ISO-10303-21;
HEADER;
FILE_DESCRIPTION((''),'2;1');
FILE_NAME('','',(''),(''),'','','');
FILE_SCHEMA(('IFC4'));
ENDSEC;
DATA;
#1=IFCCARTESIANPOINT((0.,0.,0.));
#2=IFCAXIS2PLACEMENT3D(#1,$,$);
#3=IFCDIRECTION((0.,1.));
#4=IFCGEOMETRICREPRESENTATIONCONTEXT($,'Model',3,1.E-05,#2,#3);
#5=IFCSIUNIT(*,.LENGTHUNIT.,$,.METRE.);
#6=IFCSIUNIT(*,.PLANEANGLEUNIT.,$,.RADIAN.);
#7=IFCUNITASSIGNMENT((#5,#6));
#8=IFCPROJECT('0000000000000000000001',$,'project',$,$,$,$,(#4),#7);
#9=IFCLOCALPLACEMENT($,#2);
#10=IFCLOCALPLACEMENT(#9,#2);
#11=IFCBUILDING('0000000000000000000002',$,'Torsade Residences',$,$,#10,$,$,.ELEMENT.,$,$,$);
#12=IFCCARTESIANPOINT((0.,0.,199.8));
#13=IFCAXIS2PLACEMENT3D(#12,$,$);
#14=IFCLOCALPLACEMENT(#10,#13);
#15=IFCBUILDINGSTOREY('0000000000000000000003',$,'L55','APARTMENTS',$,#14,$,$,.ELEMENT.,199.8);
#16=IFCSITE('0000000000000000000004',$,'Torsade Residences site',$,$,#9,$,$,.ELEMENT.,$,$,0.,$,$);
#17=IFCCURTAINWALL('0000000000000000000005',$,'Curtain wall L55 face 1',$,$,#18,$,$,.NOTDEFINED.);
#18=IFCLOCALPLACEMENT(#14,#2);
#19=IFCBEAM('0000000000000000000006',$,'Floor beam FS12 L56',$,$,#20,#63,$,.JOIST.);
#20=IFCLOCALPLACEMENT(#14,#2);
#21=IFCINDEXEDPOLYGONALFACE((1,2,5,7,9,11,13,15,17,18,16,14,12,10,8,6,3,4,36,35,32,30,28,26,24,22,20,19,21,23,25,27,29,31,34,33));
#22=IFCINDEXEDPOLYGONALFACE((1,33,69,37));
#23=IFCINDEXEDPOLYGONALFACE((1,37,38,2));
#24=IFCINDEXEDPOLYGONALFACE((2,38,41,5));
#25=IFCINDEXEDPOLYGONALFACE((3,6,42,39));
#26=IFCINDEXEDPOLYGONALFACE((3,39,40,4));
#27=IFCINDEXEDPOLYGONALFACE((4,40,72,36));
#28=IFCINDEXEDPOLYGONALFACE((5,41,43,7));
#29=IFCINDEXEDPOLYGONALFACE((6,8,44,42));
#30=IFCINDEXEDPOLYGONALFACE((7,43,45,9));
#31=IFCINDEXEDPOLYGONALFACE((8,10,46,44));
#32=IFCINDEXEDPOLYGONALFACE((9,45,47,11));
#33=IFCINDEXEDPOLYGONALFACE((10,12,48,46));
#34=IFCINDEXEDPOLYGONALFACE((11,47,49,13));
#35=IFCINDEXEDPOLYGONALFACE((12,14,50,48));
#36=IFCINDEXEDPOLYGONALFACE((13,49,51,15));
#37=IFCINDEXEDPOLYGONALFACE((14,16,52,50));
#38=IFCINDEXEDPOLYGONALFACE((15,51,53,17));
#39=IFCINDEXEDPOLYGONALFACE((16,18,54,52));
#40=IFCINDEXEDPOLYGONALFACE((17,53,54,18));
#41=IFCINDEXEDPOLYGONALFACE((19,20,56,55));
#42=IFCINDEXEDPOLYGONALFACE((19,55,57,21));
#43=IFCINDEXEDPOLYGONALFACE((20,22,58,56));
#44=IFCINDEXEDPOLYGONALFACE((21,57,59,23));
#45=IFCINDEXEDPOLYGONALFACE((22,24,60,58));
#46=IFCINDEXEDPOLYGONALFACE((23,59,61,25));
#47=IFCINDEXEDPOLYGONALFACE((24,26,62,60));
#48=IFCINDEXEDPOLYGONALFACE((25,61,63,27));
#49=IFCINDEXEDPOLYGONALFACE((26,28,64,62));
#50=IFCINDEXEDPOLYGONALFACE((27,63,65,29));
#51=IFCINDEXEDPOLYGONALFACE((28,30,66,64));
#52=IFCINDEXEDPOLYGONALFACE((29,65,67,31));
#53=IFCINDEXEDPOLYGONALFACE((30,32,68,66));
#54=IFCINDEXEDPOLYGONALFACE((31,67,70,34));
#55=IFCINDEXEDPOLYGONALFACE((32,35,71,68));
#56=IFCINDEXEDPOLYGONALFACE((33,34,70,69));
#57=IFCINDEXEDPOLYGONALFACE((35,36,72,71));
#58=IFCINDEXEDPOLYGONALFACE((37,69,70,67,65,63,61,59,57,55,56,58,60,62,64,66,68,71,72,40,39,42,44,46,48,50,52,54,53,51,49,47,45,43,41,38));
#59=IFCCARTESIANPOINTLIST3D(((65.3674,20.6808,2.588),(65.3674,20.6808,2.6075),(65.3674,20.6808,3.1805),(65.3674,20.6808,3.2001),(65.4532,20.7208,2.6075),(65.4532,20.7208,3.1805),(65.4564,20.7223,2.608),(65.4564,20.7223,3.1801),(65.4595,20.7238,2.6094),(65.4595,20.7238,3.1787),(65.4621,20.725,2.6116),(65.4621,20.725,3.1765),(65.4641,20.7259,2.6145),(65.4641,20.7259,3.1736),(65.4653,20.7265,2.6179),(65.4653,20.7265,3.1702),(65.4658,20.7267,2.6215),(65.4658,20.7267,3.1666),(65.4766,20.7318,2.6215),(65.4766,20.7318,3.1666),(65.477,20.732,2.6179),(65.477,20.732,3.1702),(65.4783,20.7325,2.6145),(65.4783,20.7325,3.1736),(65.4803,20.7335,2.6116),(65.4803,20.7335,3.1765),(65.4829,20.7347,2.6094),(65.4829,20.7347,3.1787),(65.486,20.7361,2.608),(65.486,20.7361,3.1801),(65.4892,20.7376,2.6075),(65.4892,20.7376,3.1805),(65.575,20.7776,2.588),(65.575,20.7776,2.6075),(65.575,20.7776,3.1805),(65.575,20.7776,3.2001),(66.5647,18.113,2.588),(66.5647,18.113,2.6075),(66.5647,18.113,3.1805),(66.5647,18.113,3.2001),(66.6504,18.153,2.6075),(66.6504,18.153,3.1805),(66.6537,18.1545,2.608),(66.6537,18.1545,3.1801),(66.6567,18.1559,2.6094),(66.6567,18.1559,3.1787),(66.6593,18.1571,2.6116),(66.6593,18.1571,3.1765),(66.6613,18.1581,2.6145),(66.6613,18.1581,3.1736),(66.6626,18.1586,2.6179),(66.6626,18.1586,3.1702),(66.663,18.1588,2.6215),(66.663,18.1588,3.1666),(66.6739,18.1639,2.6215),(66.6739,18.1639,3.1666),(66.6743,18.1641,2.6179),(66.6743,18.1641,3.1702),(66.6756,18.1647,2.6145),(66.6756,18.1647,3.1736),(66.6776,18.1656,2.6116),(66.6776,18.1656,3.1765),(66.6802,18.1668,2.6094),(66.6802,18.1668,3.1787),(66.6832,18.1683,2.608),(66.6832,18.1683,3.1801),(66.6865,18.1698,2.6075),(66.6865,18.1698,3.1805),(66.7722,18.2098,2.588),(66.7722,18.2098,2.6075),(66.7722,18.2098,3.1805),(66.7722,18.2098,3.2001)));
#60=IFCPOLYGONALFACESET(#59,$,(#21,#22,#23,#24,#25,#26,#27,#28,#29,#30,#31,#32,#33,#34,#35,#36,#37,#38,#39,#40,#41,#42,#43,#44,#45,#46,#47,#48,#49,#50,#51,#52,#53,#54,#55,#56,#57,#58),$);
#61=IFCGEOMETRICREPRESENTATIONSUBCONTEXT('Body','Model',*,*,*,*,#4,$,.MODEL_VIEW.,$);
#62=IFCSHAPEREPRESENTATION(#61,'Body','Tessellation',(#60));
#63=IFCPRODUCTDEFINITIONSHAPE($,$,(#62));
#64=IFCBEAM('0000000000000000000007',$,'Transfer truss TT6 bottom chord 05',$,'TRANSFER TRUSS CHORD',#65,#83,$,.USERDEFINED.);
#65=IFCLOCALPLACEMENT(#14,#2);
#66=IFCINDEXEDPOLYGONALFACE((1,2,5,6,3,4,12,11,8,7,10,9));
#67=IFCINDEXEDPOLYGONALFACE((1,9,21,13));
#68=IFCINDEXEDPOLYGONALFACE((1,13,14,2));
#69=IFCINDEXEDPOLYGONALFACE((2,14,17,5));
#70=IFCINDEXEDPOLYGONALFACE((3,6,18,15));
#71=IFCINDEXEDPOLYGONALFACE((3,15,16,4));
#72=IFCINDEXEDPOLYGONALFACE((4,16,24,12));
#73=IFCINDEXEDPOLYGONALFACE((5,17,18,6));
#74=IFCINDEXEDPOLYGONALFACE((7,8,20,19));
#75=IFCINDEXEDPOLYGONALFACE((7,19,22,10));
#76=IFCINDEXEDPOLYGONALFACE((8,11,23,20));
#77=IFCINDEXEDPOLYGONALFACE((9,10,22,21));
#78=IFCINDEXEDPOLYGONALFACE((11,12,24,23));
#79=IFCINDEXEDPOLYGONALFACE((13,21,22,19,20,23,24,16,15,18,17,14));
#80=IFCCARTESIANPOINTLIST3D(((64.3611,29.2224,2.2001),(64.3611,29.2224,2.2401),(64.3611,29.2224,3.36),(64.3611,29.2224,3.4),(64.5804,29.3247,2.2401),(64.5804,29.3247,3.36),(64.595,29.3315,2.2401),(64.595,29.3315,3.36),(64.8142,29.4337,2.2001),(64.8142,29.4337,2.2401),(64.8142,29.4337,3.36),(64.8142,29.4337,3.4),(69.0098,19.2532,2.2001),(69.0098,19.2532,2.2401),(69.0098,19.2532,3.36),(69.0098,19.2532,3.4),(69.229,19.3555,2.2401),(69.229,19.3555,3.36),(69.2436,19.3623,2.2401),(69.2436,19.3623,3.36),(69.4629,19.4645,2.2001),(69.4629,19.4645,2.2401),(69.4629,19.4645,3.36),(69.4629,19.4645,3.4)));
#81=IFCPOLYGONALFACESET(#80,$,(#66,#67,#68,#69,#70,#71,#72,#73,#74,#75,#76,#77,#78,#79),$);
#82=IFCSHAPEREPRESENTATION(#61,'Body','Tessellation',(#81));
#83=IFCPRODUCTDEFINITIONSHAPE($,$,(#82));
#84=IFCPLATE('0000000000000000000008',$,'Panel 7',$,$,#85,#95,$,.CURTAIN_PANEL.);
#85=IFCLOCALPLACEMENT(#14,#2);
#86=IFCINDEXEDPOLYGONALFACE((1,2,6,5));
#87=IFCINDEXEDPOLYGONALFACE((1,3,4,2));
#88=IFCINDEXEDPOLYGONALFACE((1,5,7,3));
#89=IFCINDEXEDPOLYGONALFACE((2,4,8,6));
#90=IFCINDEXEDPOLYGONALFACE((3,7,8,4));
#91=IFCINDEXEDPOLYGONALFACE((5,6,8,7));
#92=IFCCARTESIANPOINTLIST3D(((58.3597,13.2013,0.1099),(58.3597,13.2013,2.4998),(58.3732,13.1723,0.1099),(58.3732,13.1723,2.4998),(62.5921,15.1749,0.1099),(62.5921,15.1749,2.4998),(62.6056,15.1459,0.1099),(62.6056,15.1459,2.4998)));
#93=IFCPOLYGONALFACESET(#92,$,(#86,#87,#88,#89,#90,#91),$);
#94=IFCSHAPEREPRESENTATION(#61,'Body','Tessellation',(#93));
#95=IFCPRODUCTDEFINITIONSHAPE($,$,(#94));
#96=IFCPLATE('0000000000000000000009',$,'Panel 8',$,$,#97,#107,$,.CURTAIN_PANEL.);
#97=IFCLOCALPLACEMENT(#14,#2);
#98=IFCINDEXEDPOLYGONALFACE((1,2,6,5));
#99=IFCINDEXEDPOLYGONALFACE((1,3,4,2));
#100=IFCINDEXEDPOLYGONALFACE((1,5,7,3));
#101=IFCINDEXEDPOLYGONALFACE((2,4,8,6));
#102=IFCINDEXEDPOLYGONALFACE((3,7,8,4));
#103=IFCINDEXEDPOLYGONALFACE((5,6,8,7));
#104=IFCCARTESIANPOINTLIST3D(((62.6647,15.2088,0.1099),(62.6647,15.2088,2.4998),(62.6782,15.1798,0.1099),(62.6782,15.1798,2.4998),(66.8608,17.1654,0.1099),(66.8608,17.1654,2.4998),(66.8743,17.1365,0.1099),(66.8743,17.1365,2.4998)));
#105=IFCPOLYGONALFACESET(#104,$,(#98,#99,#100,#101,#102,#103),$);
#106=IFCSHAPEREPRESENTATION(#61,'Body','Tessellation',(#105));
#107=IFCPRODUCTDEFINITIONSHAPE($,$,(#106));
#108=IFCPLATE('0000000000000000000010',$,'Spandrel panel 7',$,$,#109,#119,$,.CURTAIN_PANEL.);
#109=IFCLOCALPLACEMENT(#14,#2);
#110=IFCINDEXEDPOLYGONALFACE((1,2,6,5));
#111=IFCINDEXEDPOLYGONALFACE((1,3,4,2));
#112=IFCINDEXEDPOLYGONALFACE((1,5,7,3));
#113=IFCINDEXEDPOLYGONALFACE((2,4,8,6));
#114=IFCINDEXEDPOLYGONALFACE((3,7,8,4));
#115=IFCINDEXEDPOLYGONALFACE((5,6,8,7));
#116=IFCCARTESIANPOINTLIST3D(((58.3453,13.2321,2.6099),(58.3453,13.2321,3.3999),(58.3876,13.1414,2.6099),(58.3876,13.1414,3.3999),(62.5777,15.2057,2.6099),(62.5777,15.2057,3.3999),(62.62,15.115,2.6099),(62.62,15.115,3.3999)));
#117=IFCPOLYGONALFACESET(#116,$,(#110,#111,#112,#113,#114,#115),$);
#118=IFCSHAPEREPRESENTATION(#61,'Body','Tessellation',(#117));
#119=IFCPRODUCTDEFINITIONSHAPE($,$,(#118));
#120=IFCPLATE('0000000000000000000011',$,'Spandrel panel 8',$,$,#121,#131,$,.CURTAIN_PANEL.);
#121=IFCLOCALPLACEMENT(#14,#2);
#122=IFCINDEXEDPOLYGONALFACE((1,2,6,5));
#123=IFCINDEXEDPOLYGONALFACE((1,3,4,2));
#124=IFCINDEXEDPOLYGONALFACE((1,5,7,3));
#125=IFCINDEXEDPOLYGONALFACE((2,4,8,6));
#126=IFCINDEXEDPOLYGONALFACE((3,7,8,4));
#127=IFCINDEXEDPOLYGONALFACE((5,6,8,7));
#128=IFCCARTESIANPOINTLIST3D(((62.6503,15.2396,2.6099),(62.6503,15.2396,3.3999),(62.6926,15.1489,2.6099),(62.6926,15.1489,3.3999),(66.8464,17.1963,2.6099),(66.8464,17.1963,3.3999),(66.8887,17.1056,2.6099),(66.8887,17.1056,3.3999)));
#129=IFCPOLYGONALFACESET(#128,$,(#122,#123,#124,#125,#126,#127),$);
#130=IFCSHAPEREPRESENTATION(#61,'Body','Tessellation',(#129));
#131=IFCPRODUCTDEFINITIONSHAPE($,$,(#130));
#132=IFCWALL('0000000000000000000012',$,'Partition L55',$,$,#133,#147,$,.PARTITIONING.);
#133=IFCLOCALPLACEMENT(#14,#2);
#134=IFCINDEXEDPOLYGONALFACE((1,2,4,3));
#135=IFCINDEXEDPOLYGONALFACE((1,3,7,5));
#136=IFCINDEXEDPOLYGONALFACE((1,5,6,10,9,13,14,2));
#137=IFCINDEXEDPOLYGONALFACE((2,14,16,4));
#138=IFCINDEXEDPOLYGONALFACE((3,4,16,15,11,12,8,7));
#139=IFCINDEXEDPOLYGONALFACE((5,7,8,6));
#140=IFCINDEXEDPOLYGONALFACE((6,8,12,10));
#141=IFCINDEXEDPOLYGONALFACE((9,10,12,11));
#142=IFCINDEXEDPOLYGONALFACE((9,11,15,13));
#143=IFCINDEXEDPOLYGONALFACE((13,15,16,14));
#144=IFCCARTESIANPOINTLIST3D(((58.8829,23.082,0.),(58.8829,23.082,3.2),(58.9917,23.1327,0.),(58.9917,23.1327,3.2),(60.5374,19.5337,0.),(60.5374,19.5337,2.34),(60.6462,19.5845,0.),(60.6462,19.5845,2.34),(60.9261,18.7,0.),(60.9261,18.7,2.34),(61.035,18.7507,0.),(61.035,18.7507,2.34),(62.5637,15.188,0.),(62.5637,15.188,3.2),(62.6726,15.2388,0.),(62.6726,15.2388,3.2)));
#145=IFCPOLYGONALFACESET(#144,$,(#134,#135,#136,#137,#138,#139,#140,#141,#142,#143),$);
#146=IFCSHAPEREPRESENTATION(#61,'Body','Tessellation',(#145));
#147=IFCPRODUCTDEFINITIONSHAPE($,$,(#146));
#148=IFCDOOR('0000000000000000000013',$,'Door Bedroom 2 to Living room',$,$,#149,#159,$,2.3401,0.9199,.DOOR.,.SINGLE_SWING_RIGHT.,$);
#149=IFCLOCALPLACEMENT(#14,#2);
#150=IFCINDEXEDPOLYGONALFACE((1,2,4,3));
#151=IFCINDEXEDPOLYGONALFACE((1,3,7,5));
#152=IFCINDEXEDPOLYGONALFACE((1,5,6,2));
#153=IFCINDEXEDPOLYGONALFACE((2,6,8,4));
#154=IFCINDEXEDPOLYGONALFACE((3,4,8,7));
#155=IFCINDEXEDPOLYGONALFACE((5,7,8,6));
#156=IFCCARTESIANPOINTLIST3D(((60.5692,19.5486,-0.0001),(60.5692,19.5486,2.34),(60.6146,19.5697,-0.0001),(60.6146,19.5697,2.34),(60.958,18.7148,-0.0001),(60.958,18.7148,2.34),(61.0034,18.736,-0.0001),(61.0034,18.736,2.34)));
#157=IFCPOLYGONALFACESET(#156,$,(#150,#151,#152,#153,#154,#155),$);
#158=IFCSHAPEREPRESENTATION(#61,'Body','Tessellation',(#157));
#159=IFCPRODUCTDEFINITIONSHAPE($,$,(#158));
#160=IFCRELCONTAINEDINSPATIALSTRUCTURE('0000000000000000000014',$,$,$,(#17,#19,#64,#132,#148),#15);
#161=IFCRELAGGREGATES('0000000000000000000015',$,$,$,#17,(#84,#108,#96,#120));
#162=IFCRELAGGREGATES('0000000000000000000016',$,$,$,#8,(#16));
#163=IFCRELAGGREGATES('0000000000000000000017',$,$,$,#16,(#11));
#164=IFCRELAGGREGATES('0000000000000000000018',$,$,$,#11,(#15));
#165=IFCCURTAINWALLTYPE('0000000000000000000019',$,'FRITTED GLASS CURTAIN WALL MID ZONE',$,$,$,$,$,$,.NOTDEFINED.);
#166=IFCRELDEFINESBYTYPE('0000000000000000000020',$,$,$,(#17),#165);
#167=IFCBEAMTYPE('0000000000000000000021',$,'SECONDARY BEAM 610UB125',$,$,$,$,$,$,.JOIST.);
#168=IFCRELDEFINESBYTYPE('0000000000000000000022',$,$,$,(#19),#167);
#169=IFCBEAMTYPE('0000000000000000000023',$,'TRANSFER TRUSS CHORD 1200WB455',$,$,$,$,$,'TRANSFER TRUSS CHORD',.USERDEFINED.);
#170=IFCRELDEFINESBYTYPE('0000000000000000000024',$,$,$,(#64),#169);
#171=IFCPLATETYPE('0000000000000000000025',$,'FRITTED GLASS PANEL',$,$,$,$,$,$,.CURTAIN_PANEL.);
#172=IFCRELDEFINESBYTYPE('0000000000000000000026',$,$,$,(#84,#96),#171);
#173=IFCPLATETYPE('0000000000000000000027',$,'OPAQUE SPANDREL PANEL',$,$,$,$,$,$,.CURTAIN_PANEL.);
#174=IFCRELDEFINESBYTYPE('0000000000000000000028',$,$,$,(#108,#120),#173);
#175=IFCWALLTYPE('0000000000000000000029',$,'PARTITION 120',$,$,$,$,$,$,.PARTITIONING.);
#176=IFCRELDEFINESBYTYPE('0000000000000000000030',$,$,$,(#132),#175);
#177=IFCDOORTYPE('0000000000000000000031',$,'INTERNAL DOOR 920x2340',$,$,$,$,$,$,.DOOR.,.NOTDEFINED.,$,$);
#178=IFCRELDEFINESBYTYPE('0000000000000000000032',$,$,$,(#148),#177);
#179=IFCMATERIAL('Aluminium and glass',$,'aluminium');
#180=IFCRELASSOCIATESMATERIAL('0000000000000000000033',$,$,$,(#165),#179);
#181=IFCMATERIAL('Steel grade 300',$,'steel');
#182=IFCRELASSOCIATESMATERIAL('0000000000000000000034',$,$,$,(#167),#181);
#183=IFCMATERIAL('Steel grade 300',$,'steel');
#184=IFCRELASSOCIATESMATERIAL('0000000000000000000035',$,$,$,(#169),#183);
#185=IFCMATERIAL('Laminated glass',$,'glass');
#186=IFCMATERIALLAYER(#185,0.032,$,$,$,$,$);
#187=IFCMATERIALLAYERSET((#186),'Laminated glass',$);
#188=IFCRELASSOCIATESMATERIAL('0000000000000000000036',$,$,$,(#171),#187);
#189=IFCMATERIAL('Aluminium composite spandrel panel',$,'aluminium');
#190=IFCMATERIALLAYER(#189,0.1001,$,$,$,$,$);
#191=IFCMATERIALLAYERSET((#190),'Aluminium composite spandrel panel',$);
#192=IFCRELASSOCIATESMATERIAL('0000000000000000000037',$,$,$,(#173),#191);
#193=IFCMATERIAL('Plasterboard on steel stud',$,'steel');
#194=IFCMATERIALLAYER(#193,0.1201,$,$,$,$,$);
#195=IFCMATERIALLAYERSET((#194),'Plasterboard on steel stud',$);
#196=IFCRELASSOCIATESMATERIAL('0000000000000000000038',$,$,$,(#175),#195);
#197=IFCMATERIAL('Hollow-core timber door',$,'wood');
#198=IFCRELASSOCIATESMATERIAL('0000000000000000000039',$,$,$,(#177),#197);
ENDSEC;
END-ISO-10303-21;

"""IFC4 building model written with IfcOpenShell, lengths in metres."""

from ifc_helpers import new_model, si_unit, direction, frame, frame_2d, origin, origin_2d, place, context, subcontext, project, spatial, rectangle, i_section, extrude, material, layer, layer_set, material_profile, profile_set, type_object, element, fill, aggregate, save


model = new_model("IFC4")

# Units and contexts
model_context = context("Model", 3, precision=1e-05, world=origin(), true_north=direction((0.0, 1.0)))
body_context = subcontext(model_context, "Body", "Model", "MODEL_VIEW")
ifc_project = project(units=[si_unit("LENGTHUNIT", "METRE"), si_unit("PLANEANGLEUNIT", "RADIAN")], contexts=[model_context])

# Site, building, storey
site_placement = place(None, origin())
site = spatial("IfcSite", under=ifc_project, at=site_placement, Name="Torsade Residences site", CompositionType="ELEMENT", RefElevation=0.0)
building_placement = place(site_placement, origin())
building = spatial("IfcBuilding", under=site, at=building_placement, Name="Torsade Residences", CompositionType="ELEMENT")
storey_placement = place(building_placement, frame((0.0, 0.0, 199.8)))
storey = spatial("IfcBuildingStorey", under=building, at=storey_placement, Name="L55", Description="APARTMENTS", CompositionType="ELEMENT", Elevation=199.8)

# Curtain wall
ifc_material_1 = material(Name="Aluminium and glass", Category="aluminium")
curtain_wall_type = type_object("IfcCurtainWallType", Name="FRITTED GLASS CURTAIN WALL MID ZONE", PredefinedType="NOTDEFINED", material=ifc_material_1)
curtain_wall_placement = place(storey_placement, origin())
curtain_wall = element("IfcCurtainWall", 1, at=curtain_wall_placement, inside=storey, type_object=curtain_wall_type, Name="Curtain wall L55 face 1", PredefinedType="NOTDEFINED")

# Beams
ifc_material_2 = material(Name="Steel grade 300", Category="steel")
ifc_material_profile_1 = material_profile(ifc_material_2, i_section(OverallWidth=0.229, OverallDepth=0.6121, WebThickness=0.012, FlangeThickness=0.0195, FilletRadius=0.0139, at=origin_2d()), Name="610UB125")
ifc_profile_set_1 = profile_set([ifc_material_profile_1], Name="Steel grade 300")
beam_type_1 = type_object("IfcBeamType", Name="SECONDARY BEAM 610UB125", PredefinedType="JOIST", material=ifc_profile_set_1)
beam_1_placement = place(storey_placement, frame((66.6685, 18.1614, 2.894), z_axis=(-0.422574, 0.906328, 0.0), x_axis=(-0.906328, -0.422574, 0.0)))
element("IfcBeam", 2, at=beam_1_placement, inside=storey, type_object=beam_type_1, Name="Floor beam FS12 L56", PredefinedType="JOIST", context=body_context, shape_type="SweptSolid", body=[
    extrude(i_section(OverallWidth=0.229, OverallDepth=0.6121, WebThickness=0.012, FlangeThickness=0.0195, FilletRadius=0.0139, at=origin_2d()), origin(), (0.0, 0.0, 1.0), 2.8333),
])
ifc_material_3 = material(Name="Steel grade 300", Category="steel")
ifc_material_profile_2 = material_profile(ifc_material_3, i_section(OverallWidth=0.5, OverallDepth=1.2, WebThickness=0.0161, FlangeThickness=0.04, at=origin_2d()), Name="1200WB455")
ifc_profile_set_2 = profile_set([ifc_material_profile_2], Name="Steel grade 300")
beam_type_2 = type_object("IfcBeamType", Name="TRANSFER TRUSS CHORD 1200WB455", ElementType="TRANSFER TRUSS CHORD", PredefinedType="USERDEFINED", material=ifc_profile_set_2)
beam_2_placement = place(storey_placement, frame((69.2363, 19.3589, 2.8), z_axis=(-0.422614, 0.90631, 0.0), x_axis=(-0.90631, -0.422614, 0.0)))
element("IfcBeam", 3, at=beam_2_placement, inside=storey, type_object=beam_type_2, Name="Transfer truss TT6 bottom chord 05", ObjectType="TRANSFER TRUSS CHORD", PredefinedType="USERDEFINED", context=body_context, shape_type="SweptSolid", body=[
    extrude(i_section(OverallWidth=0.5, OverallDepth=1.2, WebThickness=0.0161, FlangeThickness=0.04, at=origin_2d()), origin(), (0.0, 0.0, 1.0), 10.9998),
])

# Plates
ifc_material_4 = material(Name="Laminated glass", Category="glass")
ifc_layer_1 = layer(ifc_material_4, 0.032)
ifc_layer_set_1 = layer_set([ifc_layer_1], Name="Laminated glass")
plate_type_1 = type_object("IfcPlateType", Name="FRITTED GLASS PANEL", PredefinedType="CURTAIN_PANEL", material=ifc_layer_set_1)
plate_1_placement = place(storey_placement, frame((60.4827, 14.1736, 0.1099), z_axis=(0.0, 0.0, 1.0), x_axis=(0.906308, 0.422618, 0.0)))
plate_1 = element("IfcPlate", 4, at=plate_1_placement, type_object=plate_type_1, Name="Panel 7", PredefinedType="CURTAIN_PANEL", context=body_context, shape_type="SweptSolid", body=[
    extrude(rectangle(XDim=4.6699, YDim=0.032, at=origin_2d()), origin(), (0.0, 0.0, 1.0), 2.3899),
])
plate_2_placement = place(storey_placement, frame((64.7695, 16.1726, 0.1099), z_axis=(0.0, 0.0, 1.0), x_axis=(0.906308, 0.422618, 0.0)))
plate_2 = element("IfcPlate", 5, at=plate_2_placement, type_object=plate_type_1, Name="Panel 8", PredefinedType="CURTAIN_PANEL", context=body_context, shape_type="SweptSolid", body=[
    extrude(rectangle(XDim=4.6299, YDim=0.032, at=origin_2d()), origin(), (0.0, 0.0, 1.0), 2.3899),
])
ifc_material_5 = material(Name="Aluminium composite spandrel panel", Category="aluminium")
ifc_layer_2 = layer(ifc_material_5, 0.1001)
ifc_layer_set_2 = layer_set([ifc_layer_2], Name="Aluminium composite spandrel panel")
plate_type_2 = type_object("IfcPlateType", Name="OPAQUE SPANDREL PANEL", PredefinedType="CURTAIN_PANEL", material=ifc_layer_set_2)
plate_3_placement = place(storey_placement, frame((60.4827, 14.1736, 2.6099), z_axis=(0.0, 0.0, 1.0), x_axis=(0.906308, 0.422618, 0.0)))
plate_3 = element("IfcPlate", 6, at=plate_3_placement, type_object=plate_type_2, Name="Spandrel panel 7", PredefinedType="CURTAIN_PANEL", context=body_context, shape_type="SweptSolid", body=[
    extrude(rectangle(XDim=4.6699, YDim=0.1001, at=origin_2d()), origin(), (0.0, 0.0, 1.0), 0.79),
])
plate_4_placement = place(storey_placement, frame((64.7695, 16.1726, 2.6099), z_axis=(0.0, 0.0, 1.0), x_axis=(0.906308, 0.422618, 0.0)))
plate_4 = element("IfcPlate", 7, at=plate_4_placement, type_object=plate_type_2, Name="Spandrel panel 8", PredefinedType="CURTAIN_PANEL", context=body_context, shape_type="SweptSolid", body=[
    extrude(rectangle(XDim=4.6299, YDim=0.1001, at=origin_2d()), origin(), (0.0, 0.0, 1.0), 0.79),
])
aggregate(curtain_wall, [plate_1, plate_3, plate_2, plate_4])

# Wall, opening, door
ifc_material_6 = material(Name="Plasterboard on steel stud", Category="steel")
ifc_layer_3 = layer(ifc_material_6, 0.1201)
ifc_layer_set_3 = layer_set([ifc_layer_3], Name="Plasterboard on steel stud")
wall_type_1 = type_object("IfcWallType", Name="PARTITION 120", PredefinedType="PARTITIONING", material=ifc_layer_set_3)
wall_1_placement = place(storey_placement, frame((62.6182, 15.2134, 0.0), z_axis=(0.0, 0.0, 1.0), x_axis=(-0.422605, 0.906314, 0.0)))
wall_1 = element("IfcWall", 8, at=wall_1_placement, inside=storey, type_object=wall_type_1, Name="Partition L55", PredefinedType="PARTITIONING", context=body_context, shape_type="SweptSolid", body=[
    extrude(rectangle(XDim=8.71, YDim=0.1201, at=frame_2d((4.355, 0.0))), origin(), (0.0, 0.0, 1.0), 3.2),
])
opening_1_placement = place(wall_1_placement, frame((3.875, 0.0, 0.0)))
opening_1 = element("IfcOpeningElement", 9, at=opening_1_placement, cuts=wall_1, PredefinedType="OPENING", context=body_context, shape_type="SweptSolid", body=[
    extrude(rectangle(XDim=0.9199, YDim=2.3401, at=frame_2d((0.46, 1.1699))), frame((0.0, 0.0701, 0.0), z_axis=(0.0, -1.0, 0.0), x_axis=(1.0, 0.0, 0.0)), (0.0, 0.0, 1.0), 0.1401),
])
ifc_material_7 = material(Name="Hollow-core timber door", Category="wood")
door_type_1 = type_object("IfcDoorType", Name="INTERNAL DOOR 920x2340", OperationType="NOTDEFINED", PredefinedType="DOOR", material=ifc_material_7)
door_1_placement = place(opening_1_placement, origin())
door_1 = element("IfcDoor", 10, at=door_1_placement, inside=storey, type_object=door_type_1, Name="Door Bedroom 2 to Living room", OperationType="SINGLE_SWING_RIGHT", OverallHeight=2.3401, OverallWidth=0.9199, PredefinedType="DOOR", context=body_context, shape_type="SweptSolid", body=[
    extrude(rectangle(XDim=0.9199, YDim=2.3401, at=frame_2d((0.46, 1.1699))), frame((0.0, 0.0249, 0.0), z_axis=(0.0, -1.0, 0.0), x_axis=(1.0, 0.0, 0.0)), (0.0, 0.0, 1.0), 0.05),
])
fill(opening_1, door_1)

save(model, "model.ifc")
